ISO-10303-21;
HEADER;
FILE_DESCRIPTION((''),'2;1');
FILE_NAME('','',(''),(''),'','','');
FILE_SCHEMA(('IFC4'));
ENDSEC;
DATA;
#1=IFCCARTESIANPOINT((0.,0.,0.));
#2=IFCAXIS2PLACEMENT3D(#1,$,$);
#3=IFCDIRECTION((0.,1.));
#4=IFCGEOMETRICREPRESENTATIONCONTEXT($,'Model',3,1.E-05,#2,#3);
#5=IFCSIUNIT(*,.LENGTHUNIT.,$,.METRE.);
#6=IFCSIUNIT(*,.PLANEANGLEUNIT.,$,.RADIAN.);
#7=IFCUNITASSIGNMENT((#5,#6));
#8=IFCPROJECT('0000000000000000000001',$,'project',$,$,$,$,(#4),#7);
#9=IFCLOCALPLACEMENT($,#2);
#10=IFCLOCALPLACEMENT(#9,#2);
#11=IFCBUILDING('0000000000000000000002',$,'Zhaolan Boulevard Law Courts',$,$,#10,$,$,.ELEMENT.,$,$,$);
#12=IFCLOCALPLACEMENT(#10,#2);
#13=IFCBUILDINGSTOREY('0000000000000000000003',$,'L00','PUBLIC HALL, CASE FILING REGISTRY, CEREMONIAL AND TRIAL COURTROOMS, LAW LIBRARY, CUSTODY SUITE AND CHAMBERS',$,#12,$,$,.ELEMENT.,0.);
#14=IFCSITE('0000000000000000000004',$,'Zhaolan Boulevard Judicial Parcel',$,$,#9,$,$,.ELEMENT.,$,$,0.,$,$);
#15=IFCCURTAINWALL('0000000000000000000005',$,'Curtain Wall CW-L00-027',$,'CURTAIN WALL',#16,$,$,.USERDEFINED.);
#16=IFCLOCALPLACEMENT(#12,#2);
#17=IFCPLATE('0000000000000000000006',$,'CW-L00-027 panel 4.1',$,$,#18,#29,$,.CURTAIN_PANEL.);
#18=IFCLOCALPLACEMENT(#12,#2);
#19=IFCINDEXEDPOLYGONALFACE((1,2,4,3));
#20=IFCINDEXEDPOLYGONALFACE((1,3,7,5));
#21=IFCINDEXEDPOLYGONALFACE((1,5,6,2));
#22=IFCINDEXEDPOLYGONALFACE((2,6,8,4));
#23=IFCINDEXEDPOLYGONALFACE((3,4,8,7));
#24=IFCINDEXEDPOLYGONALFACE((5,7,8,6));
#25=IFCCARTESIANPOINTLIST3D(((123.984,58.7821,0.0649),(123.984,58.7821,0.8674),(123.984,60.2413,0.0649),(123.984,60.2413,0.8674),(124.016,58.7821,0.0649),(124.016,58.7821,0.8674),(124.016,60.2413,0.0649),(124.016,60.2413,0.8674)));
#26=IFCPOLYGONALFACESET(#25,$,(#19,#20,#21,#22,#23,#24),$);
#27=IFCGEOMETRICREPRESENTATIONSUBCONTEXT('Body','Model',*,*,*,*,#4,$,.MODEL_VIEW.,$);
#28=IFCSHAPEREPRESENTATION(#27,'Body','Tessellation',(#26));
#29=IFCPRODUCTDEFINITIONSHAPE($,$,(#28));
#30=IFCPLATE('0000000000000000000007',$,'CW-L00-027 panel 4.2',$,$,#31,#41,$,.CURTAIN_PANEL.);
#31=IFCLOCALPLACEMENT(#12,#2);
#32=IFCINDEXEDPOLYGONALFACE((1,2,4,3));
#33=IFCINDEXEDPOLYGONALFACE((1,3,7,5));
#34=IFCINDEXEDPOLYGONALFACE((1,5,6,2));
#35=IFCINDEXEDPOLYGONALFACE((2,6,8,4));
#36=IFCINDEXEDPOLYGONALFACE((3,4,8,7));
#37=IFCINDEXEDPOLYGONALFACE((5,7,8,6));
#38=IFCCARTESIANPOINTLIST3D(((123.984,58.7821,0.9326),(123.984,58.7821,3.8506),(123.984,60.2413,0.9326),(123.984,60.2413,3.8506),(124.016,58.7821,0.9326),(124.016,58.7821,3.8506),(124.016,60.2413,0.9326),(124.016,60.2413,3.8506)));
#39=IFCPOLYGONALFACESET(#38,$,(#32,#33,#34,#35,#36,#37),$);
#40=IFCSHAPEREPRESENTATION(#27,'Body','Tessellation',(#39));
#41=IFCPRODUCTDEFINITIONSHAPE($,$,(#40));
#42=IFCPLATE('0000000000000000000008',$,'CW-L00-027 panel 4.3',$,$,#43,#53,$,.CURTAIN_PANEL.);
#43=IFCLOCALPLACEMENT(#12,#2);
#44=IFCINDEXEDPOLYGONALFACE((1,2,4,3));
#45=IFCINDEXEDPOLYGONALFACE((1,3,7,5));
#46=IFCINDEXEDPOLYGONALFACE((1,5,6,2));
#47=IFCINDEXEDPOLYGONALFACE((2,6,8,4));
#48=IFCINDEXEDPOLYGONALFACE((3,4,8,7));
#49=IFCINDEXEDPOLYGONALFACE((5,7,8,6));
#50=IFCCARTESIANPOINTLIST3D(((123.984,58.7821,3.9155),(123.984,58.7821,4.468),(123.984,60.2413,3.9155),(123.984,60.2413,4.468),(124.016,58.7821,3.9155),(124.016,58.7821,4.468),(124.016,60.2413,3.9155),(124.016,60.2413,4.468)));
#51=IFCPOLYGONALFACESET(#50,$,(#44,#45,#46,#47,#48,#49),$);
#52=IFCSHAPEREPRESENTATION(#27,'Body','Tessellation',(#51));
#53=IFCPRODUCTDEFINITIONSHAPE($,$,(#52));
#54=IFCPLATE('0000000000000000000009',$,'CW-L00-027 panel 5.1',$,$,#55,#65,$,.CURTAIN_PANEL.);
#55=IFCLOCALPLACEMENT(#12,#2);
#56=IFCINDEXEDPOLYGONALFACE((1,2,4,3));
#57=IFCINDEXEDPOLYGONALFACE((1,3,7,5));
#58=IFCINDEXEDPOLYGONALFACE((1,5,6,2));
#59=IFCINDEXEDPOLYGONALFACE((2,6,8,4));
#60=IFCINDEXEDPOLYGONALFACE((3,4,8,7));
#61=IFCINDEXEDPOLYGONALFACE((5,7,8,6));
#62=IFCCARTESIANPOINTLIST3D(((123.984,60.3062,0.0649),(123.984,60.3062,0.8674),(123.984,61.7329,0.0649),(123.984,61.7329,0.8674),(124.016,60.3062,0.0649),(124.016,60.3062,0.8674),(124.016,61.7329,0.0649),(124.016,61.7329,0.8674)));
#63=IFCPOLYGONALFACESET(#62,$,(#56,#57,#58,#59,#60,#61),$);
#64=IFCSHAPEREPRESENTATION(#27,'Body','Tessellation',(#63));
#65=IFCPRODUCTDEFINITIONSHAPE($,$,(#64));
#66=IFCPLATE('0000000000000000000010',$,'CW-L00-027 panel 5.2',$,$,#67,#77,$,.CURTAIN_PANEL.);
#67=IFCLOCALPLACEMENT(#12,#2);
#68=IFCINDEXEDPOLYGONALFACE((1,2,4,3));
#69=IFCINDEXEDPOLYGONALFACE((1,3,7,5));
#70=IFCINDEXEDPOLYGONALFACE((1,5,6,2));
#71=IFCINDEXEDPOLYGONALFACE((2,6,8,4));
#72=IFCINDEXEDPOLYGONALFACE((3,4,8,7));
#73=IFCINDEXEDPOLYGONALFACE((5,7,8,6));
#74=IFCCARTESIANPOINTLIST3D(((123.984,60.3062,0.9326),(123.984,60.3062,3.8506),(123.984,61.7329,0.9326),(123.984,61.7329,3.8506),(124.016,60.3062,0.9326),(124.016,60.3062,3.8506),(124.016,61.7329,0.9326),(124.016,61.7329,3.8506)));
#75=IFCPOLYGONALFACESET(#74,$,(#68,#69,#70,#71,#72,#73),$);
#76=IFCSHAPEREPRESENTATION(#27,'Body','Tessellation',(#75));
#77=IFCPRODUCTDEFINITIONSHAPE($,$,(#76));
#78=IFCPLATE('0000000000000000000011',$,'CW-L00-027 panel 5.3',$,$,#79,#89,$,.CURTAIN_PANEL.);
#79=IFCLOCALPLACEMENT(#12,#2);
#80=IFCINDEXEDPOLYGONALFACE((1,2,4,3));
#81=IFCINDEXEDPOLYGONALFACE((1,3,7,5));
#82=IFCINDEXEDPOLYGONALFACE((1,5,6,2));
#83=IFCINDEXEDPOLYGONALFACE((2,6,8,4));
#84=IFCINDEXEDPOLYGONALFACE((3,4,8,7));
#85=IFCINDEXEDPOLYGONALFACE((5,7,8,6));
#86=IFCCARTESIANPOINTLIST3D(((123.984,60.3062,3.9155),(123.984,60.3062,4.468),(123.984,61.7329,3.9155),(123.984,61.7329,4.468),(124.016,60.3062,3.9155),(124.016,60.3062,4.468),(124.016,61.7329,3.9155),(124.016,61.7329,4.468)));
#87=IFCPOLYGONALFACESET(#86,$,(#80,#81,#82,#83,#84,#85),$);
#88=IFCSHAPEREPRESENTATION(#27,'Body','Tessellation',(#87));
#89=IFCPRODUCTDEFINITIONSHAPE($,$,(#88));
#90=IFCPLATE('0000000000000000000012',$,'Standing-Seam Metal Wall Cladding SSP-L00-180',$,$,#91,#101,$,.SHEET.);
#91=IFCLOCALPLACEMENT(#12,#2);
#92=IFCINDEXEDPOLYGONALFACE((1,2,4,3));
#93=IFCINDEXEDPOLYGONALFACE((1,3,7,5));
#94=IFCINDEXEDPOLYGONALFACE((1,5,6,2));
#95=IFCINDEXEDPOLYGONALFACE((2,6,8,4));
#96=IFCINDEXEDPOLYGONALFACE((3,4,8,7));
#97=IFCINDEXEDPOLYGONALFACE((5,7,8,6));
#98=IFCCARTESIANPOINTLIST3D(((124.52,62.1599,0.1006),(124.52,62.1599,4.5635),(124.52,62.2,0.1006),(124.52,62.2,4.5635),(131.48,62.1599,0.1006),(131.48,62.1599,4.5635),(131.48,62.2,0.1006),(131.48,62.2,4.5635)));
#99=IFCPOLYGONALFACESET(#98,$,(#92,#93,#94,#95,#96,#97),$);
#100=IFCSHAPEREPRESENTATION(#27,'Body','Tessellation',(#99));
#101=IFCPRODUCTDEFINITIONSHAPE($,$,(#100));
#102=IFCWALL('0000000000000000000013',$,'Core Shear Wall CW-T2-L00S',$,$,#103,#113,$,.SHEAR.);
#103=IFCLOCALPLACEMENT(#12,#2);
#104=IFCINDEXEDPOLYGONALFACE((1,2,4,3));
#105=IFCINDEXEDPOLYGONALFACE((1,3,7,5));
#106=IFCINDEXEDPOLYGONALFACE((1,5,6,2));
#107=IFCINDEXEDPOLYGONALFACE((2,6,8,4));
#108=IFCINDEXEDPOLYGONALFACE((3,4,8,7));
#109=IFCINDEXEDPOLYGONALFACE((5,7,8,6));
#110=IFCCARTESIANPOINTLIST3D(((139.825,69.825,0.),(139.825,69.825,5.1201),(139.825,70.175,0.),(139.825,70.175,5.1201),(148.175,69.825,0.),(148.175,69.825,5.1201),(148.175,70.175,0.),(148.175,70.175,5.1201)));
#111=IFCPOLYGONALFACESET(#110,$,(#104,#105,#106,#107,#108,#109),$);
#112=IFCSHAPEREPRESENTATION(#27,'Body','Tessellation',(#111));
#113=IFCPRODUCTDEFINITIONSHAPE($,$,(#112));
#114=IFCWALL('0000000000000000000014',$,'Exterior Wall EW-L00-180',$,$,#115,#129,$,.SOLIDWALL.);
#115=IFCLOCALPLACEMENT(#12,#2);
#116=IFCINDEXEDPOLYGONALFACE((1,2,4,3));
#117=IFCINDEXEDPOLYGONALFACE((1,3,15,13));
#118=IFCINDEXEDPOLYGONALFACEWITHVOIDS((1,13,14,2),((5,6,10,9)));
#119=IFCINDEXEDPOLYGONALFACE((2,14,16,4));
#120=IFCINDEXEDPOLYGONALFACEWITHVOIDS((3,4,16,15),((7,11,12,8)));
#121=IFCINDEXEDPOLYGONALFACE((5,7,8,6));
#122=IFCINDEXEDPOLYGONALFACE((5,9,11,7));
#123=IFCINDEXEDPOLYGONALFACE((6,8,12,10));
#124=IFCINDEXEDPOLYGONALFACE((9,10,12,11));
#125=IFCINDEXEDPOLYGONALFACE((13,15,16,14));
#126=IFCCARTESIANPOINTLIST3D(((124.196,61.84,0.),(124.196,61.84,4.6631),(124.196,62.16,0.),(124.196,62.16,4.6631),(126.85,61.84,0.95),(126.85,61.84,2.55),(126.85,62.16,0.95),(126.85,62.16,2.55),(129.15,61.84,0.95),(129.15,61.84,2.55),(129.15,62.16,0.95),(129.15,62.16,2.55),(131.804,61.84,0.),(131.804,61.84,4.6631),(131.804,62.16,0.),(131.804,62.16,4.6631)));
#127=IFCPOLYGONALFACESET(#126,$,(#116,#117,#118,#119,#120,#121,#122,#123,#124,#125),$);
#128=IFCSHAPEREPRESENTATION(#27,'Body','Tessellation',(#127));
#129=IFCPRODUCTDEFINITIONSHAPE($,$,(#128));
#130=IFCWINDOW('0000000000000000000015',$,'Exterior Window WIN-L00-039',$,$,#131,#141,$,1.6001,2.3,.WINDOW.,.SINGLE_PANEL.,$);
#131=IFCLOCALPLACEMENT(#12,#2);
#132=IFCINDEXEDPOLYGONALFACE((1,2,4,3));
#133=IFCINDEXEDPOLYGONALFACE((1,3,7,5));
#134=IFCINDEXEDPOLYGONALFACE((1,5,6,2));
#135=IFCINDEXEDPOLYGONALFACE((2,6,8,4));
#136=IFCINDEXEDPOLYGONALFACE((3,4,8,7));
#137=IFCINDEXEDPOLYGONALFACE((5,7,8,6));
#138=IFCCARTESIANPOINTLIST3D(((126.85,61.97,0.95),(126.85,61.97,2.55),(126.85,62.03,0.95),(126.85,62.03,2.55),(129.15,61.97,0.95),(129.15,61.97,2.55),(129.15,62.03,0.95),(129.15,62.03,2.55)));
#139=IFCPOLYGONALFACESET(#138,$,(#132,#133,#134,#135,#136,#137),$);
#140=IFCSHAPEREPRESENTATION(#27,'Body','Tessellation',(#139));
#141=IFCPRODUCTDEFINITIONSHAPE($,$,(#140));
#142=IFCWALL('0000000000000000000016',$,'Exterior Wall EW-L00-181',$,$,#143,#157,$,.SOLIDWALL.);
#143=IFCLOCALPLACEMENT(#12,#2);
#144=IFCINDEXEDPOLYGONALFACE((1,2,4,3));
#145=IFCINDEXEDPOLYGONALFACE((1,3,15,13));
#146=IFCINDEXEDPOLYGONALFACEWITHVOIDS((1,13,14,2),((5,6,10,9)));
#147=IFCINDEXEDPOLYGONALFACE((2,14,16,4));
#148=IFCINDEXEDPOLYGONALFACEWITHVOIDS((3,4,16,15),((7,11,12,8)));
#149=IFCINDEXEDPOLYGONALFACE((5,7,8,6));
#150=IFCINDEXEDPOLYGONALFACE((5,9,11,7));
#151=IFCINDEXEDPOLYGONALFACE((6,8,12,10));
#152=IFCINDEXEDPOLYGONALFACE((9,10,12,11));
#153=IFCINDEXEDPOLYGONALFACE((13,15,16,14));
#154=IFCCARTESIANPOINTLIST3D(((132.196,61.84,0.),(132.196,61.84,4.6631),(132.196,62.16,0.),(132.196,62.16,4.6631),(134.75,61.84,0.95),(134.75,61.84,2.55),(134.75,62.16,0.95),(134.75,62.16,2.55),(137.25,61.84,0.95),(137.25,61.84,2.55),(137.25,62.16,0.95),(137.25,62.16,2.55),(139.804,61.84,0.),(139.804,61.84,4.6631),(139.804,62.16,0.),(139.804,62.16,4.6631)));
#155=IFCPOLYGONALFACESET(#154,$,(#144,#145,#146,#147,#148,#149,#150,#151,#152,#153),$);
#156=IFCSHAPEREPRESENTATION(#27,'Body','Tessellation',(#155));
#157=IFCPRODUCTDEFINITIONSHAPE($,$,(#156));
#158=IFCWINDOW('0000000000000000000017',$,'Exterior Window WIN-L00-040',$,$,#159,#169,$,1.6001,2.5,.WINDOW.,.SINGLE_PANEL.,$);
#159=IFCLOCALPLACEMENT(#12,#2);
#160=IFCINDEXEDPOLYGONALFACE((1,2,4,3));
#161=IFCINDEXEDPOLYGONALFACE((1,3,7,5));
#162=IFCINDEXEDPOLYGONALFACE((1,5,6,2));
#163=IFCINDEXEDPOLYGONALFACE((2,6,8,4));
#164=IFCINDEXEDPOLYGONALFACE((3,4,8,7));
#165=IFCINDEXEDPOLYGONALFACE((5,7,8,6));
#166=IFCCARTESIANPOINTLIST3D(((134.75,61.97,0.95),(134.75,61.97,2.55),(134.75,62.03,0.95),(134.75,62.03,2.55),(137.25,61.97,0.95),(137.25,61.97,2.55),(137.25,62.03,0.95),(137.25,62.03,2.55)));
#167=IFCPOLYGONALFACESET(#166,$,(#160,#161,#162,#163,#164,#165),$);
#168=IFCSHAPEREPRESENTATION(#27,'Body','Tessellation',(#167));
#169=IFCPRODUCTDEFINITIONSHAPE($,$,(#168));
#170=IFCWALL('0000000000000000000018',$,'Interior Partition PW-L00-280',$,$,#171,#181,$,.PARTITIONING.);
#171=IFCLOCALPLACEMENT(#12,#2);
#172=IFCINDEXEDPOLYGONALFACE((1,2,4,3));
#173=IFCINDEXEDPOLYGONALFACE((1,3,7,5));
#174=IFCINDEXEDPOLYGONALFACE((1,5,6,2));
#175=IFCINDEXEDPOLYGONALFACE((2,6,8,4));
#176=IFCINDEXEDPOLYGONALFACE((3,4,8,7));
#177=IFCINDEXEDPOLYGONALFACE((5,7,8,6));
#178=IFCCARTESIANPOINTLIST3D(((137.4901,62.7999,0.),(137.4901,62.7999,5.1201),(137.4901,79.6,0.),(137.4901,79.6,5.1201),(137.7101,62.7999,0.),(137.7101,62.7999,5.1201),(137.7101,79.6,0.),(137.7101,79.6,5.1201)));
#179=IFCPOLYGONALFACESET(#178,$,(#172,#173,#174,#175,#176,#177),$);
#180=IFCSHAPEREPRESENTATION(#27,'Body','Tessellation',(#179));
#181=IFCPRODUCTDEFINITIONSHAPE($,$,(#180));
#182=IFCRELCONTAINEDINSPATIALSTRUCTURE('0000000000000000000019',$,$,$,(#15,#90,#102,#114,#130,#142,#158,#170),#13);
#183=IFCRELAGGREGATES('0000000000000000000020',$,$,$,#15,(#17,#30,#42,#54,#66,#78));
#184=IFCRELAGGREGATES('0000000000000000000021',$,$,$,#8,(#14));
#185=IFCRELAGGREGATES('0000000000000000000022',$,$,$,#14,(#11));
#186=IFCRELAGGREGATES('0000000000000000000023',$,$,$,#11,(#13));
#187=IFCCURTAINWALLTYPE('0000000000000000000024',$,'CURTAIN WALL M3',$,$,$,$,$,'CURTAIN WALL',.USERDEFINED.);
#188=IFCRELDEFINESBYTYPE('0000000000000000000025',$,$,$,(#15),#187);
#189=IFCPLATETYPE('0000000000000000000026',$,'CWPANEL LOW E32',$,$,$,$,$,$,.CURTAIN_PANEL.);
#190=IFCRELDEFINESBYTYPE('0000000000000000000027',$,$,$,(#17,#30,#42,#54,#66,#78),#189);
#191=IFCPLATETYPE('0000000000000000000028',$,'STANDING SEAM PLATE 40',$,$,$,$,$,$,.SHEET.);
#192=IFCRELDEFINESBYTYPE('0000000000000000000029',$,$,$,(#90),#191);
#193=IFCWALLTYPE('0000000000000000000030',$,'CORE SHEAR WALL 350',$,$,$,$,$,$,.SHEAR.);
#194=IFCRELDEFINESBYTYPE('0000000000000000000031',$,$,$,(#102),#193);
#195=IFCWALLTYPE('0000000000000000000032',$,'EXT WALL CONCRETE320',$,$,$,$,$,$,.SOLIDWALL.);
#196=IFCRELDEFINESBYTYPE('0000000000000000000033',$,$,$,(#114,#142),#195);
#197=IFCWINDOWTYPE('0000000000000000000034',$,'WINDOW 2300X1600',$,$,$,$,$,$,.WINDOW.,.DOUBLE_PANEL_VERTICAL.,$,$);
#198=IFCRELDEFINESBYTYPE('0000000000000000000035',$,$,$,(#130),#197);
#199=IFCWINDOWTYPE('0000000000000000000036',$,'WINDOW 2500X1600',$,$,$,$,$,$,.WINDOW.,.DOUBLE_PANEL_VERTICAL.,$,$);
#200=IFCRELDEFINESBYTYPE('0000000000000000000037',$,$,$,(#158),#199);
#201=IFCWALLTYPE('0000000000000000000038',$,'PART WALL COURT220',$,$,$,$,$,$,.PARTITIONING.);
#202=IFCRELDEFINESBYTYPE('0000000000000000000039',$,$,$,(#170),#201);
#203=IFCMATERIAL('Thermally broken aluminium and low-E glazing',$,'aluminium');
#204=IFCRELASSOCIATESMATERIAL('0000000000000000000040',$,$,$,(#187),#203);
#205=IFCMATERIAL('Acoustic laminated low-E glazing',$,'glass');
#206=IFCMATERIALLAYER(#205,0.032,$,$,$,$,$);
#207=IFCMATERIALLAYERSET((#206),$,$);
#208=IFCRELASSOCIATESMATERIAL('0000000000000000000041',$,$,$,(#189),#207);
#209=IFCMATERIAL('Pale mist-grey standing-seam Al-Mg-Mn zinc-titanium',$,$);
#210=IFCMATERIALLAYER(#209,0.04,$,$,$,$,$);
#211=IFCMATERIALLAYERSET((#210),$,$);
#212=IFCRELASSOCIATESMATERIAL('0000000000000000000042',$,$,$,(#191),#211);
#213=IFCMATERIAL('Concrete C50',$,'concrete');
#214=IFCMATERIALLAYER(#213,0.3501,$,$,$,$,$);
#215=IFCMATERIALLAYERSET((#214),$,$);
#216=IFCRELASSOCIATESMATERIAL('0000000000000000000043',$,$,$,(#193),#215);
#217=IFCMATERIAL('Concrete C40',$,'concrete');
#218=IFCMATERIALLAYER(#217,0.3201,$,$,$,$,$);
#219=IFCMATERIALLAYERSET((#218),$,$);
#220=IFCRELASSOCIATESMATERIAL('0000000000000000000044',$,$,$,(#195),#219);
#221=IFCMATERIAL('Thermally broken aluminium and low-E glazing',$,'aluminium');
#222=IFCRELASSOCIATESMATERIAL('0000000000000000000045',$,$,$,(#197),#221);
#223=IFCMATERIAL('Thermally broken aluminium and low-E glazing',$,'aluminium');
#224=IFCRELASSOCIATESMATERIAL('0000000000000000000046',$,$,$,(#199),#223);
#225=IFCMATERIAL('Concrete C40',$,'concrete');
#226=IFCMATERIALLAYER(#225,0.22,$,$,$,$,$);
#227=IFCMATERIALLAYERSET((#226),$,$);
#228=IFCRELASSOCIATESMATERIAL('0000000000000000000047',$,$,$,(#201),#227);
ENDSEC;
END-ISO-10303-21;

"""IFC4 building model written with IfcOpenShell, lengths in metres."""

from ifc_helpers import new_model, si_unit, direction, frame, frame_2d, origin, origin_2d, place, context, subcontext, project, spatial, rectangle, extrude, material, layer, layer_set, type_object, element, fill, aggregate, save


model = new_model("IFC4")

# Units and contexts
model_context = context("Model", 3, precision=1e-05, world=origin(), true_north=direction((0.0, 1.0)))
body_context = subcontext(model_context, "Body", "Model", "MODEL_VIEW")
ifc_project = project(units=[si_unit("LENGTHUNIT", "METRE"), si_unit("PLANEANGLEUNIT", "RADIAN")], contexts=[model_context])

# Site, building, storey
site_placement = place(None, origin())
site = spatial("IfcSite", under=ifc_project, at=site_placement, Name="Zhaolan Boulevard Judicial Parcel", CompositionType="ELEMENT", RefElevation=0.0)
building_placement = place(site_placement, origin())
building = spatial("IfcBuilding", under=site, at=building_placement, Name="Zhaolan Boulevard Law Courts", CompositionType="ELEMENT")
storey_placement = place(building_placement, origin())
storey = spatial("IfcBuildingStorey", under=building, at=storey_placement, Name="L00", Description="PUBLIC HALL, CASE FILING REGISTRY, CEREMONIAL AND TRIAL COURTROOMS, LAW LIBRARY, CUSTODY SUITE AND CHAMBERS", CompositionType="ELEMENT", Elevation=0.0)

# Curtain wall
ifc_material_1 = material(Name="Thermally broken aluminium and low-E glazing", Category="aluminium")
curtain_wall_type = type_object("IfcCurtainWallType", Name="CURTAIN WALL M3", ElementType="CURTAIN WALL", PredefinedType="USERDEFINED", material=ifc_material_1)
curtain_wall_placement = place(storey_placement, origin())
curtain_wall = element("IfcCurtainWall", 1, at=curtain_wall_placement, inside=storey, type_object=curtain_wall_type, Name="Curtain Wall CW-L00-027", ObjectType="CURTAIN WALL", PredefinedType="USERDEFINED")

# Plates
ifc_material_2 = material(Name="Acoustic laminated low-E glazing", Category="glass")
ifc_layer_1 = layer(ifc_material_2, 0.032)
ifc_layer_set_1 = layer_set([ifc_layer_1])
plate_type_1 = type_object("IfcPlateType", Name="CWPANEL LOW E32", PredefinedType="CURTAIN_PANEL", material=ifc_layer_set_1)
plate_1_placement = place(storey_placement, frame((124.0, 59.5117, 0.0649), z_axis=(0.0, 0.0, 1.0), x_axis=(0.0, 1.0, 0.0)))
plate_1 = element("IfcPlate", 2, at=plate_1_placement, type_object=plate_type_1, Name="CW-L00-027 panel 4.1", PredefinedType="CURTAIN_PANEL", context=body_context, shape_type="SweptSolid", body=[
    extrude(rectangle(XDim=1.4592, YDim=0.032, at=origin_2d()), origin(), (0.0, 0.0, 1.0), 0.8025),
])
plate_2_placement = place(storey_placement, frame((124.0, 59.5117, 0.9326), z_axis=(0.0, 0.0, 1.0), x_axis=(0.0, 1.0, 0.0)))
plate_2 = element("IfcPlate", 3, at=plate_2_placement, type_object=plate_type_1, Name="CW-L00-027 panel 4.2", PredefinedType="CURTAIN_PANEL", context=body_context, shape_type="SweptSolid", body=[
    extrude(rectangle(XDim=1.4592, YDim=0.032, at=origin_2d()), origin(), (0.0, 0.0, 1.0), 2.918),
])
plate_3_placement = place(storey_placement, frame((124.0, 59.5117, 3.9155), z_axis=(0.0, 0.0, 1.0), x_axis=(0.0, 1.0, 0.0)))
plate_3 = element("IfcPlate", 4, at=plate_3_placement, type_object=plate_type_1, Name="CW-L00-027 panel 4.3", PredefinedType="CURTAIN_PANEL", context=body_context, shape_type="SweptSolid", body=[
    extrude(rectangle(XDim=1.4592, YDim=0.032, at=origin_2d()), origin(), (0.0, 0.0, 1.0), 0.5525),
])
plate_4_placement = place(storey_placement, frame((124.0, 61.0195, 0.0649), z_axis=(0.0, 0.0, 1.0), x_axis=(0.0, 1.0, 0.0)))
plate_4 = element("IfcPlate", 5, at=plate_4_placement, type_object=plate_type_1, Name="CW-L00-027 panel 5.1", PredefinedType="CURTAIN_PANEL", context=body_context, shape_type="SweptSolid", body=[
    extrude(rectangle(XDim=1.4268, YDim=0.032, at=origin_2d()), origin(), (0.0, 0.0, 1.0), 0.8025),
])
plate_5_placement = place(storey_placement, frame((124.0, 61.0195, 0.9326), z_axis=(0.0, 0.0, 1.0), x_axis=(0.0, 1.0, 0.0)))
plate_5 = element("IfcPlate", 6, at=plate_5_placement, type_object=plate_type_1, Name="CW-L00-027 panel 5.2", PredefinedType="CURTAIN_PANEL", context=body_context, shape_type="SweptSolid", body=[
    extrude(rectangle(XDim=1.4268, YDim=0.032, at=origin_2d()), origin(), (0.0, 0.0, 1.0), 2.918),
])
plate_6_placement = place(storey_placement, frame((124.0, 61.0195, 3.9155), z_axis=(0.0, 0.0, 1.0), x_axis=(0.0, 1.0, 0.0)))
plate_6 = element("IfcPlate", 7, at=plate_6_placement, type_object=plate_type_1, Name="CW-L00-027 panel 5.3", PredefinedType="CURTAIN_PANEL", context=body_context, shape_type="SweptSolid", body=[
    extrude(rectangle(XDim=1.4268, YDim=0.032, at=origin_2d()), origin(), (0.0, 0.0, 1.0), 0.5525),
])
aggregate(curtain_wall, [plate_1, plate_2, plate_3, plate_4, plate_5, plate_6])
ifc_material_3 = material(Name="Pale mist-grey standing-seam Al-Mg-Mn zinc-titanium")
ifc_layer_2 = layer(ifc_material_3, 0.04)
ifc_layer_set_2 = layer_set([ifc_layer_2])
plate_type_2 = type_object("IfcPlateType", Name="STANDING SEAM PLATE 40", PredefinedType="SHEET", material=ifc_layer_set_2)
plate_7_placement = place(storey_placement, frame((128.0, 62.1799, 0.1006), z_axis=(0.0, 0.0, 1.0), x_axis=(1.0, 0.0, 0.0)))
element("IfcPlate", 8, at=plate_7_placement, inside=storey, type_object=plate_type_2, Name="Standing-Seam Metal Wall Cladding SSP-L00-180", PredefinedType="SHEET", context=body_context, shape_type="SweptSolid", body=[
    extrude(rectangle(XDim=6.96, YDim=0.04, at=origin_2d()), origin(), (0.0, 0.0, 1.0), 4.4629),
])

# Wall
ifc_material_4 = material(Name="Concrete C50", Category="concrete")
ifc_layer_3 = layer(ifc_material_4, 0.3501)
ifc_layer_set_3 = layer_set([ifc_layer_3])
wall_type_1 = type_object("IfcWallType", Name="CORE SHEAR WALL 350", PredefinedType="SHEAR", material=ifc_layer_set_3)
wall_1_placement = place(storey_placement, frame((139.825, 70.0, 0.0), z_axis=(0.0, 0.0, 1.0), x_axis=(1.0, 0.0, 0.0)))
element("IfcWall", 9, at=wall_1_placement, inside=storey, type_object=wall_type_1, Name="Core Shear Wall CW-T2-L00S", PredefinedType="SHEAR", context=body_context, shape_type="SweptSolid", body=[
    extrude(rectangle(XDim=8.3501, YDim=0.3501, at=frame_2d((4.175, 0.0))), origin(), (0.0, 0.0, 1.0), 5.1201),
])

# Walls, openings, windows
ifc_material_5 = material(Name="Concrete C40", Category="concrete")
ifc_layer_4 = layer(ifc_material_5, 0.3201)
ifc_layer_set_4 = layer_set([ifc_layer_4])
wall_type_2 = type_object("IfcWallType", Name="EXT WALL CONCRETE320", PredefinedType="SOLIDWALL", material=ifc_layer_set_4)
wall_2_placement = place(storey_placement, frame((124.196, 62.0, 0.0), z_axis=(0.0, 0.0, 1.0), x_axis=(1.0, 0.0, 0.0)))
wall_2 = element("IfcWall", 10, at=wall_2_placement, inside=storey, type_object=wall_type_2, Name="Exterior Wall EW-L00-180", PredefinedType="SOLIDWALL", context=body_context, shape_type="SweptSolid", body=[
    extrude(rectangle(XDim=7.6079, YDim=0.3201, at=frame_2d((3.804, 0.0))), origin(), (0.0, 0.0, 1.0), 4.6631),
])
opening_1_placement = place(wall_2_placement, frame((2.6541, 0.0, 0.95)))
opening_1 = element("IfcOpeningElement", 11, at=opening_1_placement, cuts=wall_2, PredefinedType="OPENING", context=body_context, shape_type="SweptSolid", body=[
    extrude(rectangle(XDim=2.3, YDim=1.6001, at=frame_2d((1.1499, 0.8))), frame((0.0, 0.1699, 0.0), z_axis=(0.0, -1.0, 0.0), x_axis=(1.0, 0.0, 0.0)), (0.0, 0.0, 1.0), 0.3401),
])
ifc_material_6 = material(Name="Thermally broken aluminium and low-E glazing", Category="aluminium")
window_type_1 = type_object("IfcWindowType", Name="WINDOW 2300X1600", PartitioningType="DOUBLE_PANEL_VERTICAL", PredefinedType="WINDOW", material=ifc_material_6)
window_1_placement = place(opening_1_placement, origin())
window_1 = element("IfcWindow", 12, at=window_1_placement, inside=storey, type_object=window_type_1, Name="Exterior Window WIN-L00-039", OverallHeight=1.6001, OverallWidth=2.3, PartitioningType="SINGLE_PANEL", PredefinedType="WINDOW", context=body_context, shape_type="SweptSolid", body=[
    extrude(rectangle(XDim=2.3, YDim=1.6001, at=frame_2d((1.1499, 0.8))), frame((0.0, 0.03, 0.0), z_axis=(0.0, -1.0, 0.0), x_axis=(1.0, 0.0, 0.0)), (0.0, 0.0, 1.0), 0.0601),
])
fill(opening_1, window_1)
wall_3_placement = place(storey_placement, frame((132.196, 62.0, 0.0), z_axis=(0.0, 0.0, 1.0), x_axis=(1.0, 0.0, 0.0)))
wall_3 = element("IfcWall", 13, at=wall_3_placement, inside=storey, type_object=wall_type_2, Name="Exterior Wall EW-L00-181", PredefinedType="SOLIDWALL", context=body_context, shape_type="SweptSolid", body=[
    extrude(rectangle(XDim=7.6079, YDim=0.3201, at=frame_2d((3.804, 0.0))), origin(), (0.0, 0.0, 1.0), 4.6631),
])
opening_2_placement = place(wall_3_placement, frame((2.554, 0.0, 0.95)))
opening_2 = element("IfcOpeningElement", 14, at=opening_2_placement, cuts=wall_3, PredefinedType="OPENING", context=body_context, shape_type="SweptSolid", body=[
    extrude(rectangle(XDim=2.5, YDim=1.6001, at=frame_2d((1.25, 0.8))), frame((0.0, 0.1699, 0.0), z_axis=(0.0, -1.0, 0.0), x_axis=(1.0, 0.0, 0.0)), (0.0, 0.0, 1.0), 0.3401),
])
ifc_material_7 = material(Name="Thermally broken aluminium and low-E glazing", Category="aluminium")
window_type_2 = type_object("IfcWindowType", Name="WINDOW 2500X1600", PartitioningType="DOUBLE_PANEL_VERTICAL", PredefinedType="WINDOW", material=ifc_material_7)
window_2_placement = place(opening_2_placement, origin())
window_2 = element("IfcWindow", 15, at=window_2_placement, inside=storey, type_object=window_type_2, Name="Exterior Window WIN-L00-040", OverallHeight=1.6001, OverallWidth=2.5, PartitioningType="SINGLE_PANEL", PredefinedType="WINDOW", context=body_context, shape_type="SweptSolid", body=[
    extrude(rectangle(XDim=2.5, YDim=1.6001, at=frame_2d((1.25, 0.8))), frame((0.0, 0.03, 0.0), z_axis=(0.0, -1.0, 0.0), x_axis=(1.0, 0.0, 0.0)), (0.0, 0.0, 1.0), 0.0601),
])
fill(opening_2, window_2)

# Wall
ifc_material_8 = material(Name="Concrete C40", Category="concrete")
ifc_layer_5 = layer(ifc_material_8, 0.22)
ifc_layer_set_5 = layer_set([ifc_layer_5])
wall_type_3 = type_object("IfcWallType", Name="PART WALL COURT220", PredefinedType="PARTITIONING", material=ifc_layer_set_5)
wall_4_placement = place(storey_placement, frame((137.6001, 62.8, 0.0), z_axis=(0.0, 0.0, 1.0), x_axis=(0.0, 1.0, 0.0)))
element("IfcWall", 16, at=wall_4_placement, inside=storey, type_object=wall_type_3, Name="Interior Partition PW-L00-280", PredefinedType="PARTITIONING", context=body_context, shape_type="SweptSolid", body=[
    extrude(rectangle(XDim=16.8, YDim=0.22, at=frame_2d((8.3999, 0.0))), origin(), (0.0, 0.0, 1.0), 5.1201),
])

save(model, "model.ifc")
